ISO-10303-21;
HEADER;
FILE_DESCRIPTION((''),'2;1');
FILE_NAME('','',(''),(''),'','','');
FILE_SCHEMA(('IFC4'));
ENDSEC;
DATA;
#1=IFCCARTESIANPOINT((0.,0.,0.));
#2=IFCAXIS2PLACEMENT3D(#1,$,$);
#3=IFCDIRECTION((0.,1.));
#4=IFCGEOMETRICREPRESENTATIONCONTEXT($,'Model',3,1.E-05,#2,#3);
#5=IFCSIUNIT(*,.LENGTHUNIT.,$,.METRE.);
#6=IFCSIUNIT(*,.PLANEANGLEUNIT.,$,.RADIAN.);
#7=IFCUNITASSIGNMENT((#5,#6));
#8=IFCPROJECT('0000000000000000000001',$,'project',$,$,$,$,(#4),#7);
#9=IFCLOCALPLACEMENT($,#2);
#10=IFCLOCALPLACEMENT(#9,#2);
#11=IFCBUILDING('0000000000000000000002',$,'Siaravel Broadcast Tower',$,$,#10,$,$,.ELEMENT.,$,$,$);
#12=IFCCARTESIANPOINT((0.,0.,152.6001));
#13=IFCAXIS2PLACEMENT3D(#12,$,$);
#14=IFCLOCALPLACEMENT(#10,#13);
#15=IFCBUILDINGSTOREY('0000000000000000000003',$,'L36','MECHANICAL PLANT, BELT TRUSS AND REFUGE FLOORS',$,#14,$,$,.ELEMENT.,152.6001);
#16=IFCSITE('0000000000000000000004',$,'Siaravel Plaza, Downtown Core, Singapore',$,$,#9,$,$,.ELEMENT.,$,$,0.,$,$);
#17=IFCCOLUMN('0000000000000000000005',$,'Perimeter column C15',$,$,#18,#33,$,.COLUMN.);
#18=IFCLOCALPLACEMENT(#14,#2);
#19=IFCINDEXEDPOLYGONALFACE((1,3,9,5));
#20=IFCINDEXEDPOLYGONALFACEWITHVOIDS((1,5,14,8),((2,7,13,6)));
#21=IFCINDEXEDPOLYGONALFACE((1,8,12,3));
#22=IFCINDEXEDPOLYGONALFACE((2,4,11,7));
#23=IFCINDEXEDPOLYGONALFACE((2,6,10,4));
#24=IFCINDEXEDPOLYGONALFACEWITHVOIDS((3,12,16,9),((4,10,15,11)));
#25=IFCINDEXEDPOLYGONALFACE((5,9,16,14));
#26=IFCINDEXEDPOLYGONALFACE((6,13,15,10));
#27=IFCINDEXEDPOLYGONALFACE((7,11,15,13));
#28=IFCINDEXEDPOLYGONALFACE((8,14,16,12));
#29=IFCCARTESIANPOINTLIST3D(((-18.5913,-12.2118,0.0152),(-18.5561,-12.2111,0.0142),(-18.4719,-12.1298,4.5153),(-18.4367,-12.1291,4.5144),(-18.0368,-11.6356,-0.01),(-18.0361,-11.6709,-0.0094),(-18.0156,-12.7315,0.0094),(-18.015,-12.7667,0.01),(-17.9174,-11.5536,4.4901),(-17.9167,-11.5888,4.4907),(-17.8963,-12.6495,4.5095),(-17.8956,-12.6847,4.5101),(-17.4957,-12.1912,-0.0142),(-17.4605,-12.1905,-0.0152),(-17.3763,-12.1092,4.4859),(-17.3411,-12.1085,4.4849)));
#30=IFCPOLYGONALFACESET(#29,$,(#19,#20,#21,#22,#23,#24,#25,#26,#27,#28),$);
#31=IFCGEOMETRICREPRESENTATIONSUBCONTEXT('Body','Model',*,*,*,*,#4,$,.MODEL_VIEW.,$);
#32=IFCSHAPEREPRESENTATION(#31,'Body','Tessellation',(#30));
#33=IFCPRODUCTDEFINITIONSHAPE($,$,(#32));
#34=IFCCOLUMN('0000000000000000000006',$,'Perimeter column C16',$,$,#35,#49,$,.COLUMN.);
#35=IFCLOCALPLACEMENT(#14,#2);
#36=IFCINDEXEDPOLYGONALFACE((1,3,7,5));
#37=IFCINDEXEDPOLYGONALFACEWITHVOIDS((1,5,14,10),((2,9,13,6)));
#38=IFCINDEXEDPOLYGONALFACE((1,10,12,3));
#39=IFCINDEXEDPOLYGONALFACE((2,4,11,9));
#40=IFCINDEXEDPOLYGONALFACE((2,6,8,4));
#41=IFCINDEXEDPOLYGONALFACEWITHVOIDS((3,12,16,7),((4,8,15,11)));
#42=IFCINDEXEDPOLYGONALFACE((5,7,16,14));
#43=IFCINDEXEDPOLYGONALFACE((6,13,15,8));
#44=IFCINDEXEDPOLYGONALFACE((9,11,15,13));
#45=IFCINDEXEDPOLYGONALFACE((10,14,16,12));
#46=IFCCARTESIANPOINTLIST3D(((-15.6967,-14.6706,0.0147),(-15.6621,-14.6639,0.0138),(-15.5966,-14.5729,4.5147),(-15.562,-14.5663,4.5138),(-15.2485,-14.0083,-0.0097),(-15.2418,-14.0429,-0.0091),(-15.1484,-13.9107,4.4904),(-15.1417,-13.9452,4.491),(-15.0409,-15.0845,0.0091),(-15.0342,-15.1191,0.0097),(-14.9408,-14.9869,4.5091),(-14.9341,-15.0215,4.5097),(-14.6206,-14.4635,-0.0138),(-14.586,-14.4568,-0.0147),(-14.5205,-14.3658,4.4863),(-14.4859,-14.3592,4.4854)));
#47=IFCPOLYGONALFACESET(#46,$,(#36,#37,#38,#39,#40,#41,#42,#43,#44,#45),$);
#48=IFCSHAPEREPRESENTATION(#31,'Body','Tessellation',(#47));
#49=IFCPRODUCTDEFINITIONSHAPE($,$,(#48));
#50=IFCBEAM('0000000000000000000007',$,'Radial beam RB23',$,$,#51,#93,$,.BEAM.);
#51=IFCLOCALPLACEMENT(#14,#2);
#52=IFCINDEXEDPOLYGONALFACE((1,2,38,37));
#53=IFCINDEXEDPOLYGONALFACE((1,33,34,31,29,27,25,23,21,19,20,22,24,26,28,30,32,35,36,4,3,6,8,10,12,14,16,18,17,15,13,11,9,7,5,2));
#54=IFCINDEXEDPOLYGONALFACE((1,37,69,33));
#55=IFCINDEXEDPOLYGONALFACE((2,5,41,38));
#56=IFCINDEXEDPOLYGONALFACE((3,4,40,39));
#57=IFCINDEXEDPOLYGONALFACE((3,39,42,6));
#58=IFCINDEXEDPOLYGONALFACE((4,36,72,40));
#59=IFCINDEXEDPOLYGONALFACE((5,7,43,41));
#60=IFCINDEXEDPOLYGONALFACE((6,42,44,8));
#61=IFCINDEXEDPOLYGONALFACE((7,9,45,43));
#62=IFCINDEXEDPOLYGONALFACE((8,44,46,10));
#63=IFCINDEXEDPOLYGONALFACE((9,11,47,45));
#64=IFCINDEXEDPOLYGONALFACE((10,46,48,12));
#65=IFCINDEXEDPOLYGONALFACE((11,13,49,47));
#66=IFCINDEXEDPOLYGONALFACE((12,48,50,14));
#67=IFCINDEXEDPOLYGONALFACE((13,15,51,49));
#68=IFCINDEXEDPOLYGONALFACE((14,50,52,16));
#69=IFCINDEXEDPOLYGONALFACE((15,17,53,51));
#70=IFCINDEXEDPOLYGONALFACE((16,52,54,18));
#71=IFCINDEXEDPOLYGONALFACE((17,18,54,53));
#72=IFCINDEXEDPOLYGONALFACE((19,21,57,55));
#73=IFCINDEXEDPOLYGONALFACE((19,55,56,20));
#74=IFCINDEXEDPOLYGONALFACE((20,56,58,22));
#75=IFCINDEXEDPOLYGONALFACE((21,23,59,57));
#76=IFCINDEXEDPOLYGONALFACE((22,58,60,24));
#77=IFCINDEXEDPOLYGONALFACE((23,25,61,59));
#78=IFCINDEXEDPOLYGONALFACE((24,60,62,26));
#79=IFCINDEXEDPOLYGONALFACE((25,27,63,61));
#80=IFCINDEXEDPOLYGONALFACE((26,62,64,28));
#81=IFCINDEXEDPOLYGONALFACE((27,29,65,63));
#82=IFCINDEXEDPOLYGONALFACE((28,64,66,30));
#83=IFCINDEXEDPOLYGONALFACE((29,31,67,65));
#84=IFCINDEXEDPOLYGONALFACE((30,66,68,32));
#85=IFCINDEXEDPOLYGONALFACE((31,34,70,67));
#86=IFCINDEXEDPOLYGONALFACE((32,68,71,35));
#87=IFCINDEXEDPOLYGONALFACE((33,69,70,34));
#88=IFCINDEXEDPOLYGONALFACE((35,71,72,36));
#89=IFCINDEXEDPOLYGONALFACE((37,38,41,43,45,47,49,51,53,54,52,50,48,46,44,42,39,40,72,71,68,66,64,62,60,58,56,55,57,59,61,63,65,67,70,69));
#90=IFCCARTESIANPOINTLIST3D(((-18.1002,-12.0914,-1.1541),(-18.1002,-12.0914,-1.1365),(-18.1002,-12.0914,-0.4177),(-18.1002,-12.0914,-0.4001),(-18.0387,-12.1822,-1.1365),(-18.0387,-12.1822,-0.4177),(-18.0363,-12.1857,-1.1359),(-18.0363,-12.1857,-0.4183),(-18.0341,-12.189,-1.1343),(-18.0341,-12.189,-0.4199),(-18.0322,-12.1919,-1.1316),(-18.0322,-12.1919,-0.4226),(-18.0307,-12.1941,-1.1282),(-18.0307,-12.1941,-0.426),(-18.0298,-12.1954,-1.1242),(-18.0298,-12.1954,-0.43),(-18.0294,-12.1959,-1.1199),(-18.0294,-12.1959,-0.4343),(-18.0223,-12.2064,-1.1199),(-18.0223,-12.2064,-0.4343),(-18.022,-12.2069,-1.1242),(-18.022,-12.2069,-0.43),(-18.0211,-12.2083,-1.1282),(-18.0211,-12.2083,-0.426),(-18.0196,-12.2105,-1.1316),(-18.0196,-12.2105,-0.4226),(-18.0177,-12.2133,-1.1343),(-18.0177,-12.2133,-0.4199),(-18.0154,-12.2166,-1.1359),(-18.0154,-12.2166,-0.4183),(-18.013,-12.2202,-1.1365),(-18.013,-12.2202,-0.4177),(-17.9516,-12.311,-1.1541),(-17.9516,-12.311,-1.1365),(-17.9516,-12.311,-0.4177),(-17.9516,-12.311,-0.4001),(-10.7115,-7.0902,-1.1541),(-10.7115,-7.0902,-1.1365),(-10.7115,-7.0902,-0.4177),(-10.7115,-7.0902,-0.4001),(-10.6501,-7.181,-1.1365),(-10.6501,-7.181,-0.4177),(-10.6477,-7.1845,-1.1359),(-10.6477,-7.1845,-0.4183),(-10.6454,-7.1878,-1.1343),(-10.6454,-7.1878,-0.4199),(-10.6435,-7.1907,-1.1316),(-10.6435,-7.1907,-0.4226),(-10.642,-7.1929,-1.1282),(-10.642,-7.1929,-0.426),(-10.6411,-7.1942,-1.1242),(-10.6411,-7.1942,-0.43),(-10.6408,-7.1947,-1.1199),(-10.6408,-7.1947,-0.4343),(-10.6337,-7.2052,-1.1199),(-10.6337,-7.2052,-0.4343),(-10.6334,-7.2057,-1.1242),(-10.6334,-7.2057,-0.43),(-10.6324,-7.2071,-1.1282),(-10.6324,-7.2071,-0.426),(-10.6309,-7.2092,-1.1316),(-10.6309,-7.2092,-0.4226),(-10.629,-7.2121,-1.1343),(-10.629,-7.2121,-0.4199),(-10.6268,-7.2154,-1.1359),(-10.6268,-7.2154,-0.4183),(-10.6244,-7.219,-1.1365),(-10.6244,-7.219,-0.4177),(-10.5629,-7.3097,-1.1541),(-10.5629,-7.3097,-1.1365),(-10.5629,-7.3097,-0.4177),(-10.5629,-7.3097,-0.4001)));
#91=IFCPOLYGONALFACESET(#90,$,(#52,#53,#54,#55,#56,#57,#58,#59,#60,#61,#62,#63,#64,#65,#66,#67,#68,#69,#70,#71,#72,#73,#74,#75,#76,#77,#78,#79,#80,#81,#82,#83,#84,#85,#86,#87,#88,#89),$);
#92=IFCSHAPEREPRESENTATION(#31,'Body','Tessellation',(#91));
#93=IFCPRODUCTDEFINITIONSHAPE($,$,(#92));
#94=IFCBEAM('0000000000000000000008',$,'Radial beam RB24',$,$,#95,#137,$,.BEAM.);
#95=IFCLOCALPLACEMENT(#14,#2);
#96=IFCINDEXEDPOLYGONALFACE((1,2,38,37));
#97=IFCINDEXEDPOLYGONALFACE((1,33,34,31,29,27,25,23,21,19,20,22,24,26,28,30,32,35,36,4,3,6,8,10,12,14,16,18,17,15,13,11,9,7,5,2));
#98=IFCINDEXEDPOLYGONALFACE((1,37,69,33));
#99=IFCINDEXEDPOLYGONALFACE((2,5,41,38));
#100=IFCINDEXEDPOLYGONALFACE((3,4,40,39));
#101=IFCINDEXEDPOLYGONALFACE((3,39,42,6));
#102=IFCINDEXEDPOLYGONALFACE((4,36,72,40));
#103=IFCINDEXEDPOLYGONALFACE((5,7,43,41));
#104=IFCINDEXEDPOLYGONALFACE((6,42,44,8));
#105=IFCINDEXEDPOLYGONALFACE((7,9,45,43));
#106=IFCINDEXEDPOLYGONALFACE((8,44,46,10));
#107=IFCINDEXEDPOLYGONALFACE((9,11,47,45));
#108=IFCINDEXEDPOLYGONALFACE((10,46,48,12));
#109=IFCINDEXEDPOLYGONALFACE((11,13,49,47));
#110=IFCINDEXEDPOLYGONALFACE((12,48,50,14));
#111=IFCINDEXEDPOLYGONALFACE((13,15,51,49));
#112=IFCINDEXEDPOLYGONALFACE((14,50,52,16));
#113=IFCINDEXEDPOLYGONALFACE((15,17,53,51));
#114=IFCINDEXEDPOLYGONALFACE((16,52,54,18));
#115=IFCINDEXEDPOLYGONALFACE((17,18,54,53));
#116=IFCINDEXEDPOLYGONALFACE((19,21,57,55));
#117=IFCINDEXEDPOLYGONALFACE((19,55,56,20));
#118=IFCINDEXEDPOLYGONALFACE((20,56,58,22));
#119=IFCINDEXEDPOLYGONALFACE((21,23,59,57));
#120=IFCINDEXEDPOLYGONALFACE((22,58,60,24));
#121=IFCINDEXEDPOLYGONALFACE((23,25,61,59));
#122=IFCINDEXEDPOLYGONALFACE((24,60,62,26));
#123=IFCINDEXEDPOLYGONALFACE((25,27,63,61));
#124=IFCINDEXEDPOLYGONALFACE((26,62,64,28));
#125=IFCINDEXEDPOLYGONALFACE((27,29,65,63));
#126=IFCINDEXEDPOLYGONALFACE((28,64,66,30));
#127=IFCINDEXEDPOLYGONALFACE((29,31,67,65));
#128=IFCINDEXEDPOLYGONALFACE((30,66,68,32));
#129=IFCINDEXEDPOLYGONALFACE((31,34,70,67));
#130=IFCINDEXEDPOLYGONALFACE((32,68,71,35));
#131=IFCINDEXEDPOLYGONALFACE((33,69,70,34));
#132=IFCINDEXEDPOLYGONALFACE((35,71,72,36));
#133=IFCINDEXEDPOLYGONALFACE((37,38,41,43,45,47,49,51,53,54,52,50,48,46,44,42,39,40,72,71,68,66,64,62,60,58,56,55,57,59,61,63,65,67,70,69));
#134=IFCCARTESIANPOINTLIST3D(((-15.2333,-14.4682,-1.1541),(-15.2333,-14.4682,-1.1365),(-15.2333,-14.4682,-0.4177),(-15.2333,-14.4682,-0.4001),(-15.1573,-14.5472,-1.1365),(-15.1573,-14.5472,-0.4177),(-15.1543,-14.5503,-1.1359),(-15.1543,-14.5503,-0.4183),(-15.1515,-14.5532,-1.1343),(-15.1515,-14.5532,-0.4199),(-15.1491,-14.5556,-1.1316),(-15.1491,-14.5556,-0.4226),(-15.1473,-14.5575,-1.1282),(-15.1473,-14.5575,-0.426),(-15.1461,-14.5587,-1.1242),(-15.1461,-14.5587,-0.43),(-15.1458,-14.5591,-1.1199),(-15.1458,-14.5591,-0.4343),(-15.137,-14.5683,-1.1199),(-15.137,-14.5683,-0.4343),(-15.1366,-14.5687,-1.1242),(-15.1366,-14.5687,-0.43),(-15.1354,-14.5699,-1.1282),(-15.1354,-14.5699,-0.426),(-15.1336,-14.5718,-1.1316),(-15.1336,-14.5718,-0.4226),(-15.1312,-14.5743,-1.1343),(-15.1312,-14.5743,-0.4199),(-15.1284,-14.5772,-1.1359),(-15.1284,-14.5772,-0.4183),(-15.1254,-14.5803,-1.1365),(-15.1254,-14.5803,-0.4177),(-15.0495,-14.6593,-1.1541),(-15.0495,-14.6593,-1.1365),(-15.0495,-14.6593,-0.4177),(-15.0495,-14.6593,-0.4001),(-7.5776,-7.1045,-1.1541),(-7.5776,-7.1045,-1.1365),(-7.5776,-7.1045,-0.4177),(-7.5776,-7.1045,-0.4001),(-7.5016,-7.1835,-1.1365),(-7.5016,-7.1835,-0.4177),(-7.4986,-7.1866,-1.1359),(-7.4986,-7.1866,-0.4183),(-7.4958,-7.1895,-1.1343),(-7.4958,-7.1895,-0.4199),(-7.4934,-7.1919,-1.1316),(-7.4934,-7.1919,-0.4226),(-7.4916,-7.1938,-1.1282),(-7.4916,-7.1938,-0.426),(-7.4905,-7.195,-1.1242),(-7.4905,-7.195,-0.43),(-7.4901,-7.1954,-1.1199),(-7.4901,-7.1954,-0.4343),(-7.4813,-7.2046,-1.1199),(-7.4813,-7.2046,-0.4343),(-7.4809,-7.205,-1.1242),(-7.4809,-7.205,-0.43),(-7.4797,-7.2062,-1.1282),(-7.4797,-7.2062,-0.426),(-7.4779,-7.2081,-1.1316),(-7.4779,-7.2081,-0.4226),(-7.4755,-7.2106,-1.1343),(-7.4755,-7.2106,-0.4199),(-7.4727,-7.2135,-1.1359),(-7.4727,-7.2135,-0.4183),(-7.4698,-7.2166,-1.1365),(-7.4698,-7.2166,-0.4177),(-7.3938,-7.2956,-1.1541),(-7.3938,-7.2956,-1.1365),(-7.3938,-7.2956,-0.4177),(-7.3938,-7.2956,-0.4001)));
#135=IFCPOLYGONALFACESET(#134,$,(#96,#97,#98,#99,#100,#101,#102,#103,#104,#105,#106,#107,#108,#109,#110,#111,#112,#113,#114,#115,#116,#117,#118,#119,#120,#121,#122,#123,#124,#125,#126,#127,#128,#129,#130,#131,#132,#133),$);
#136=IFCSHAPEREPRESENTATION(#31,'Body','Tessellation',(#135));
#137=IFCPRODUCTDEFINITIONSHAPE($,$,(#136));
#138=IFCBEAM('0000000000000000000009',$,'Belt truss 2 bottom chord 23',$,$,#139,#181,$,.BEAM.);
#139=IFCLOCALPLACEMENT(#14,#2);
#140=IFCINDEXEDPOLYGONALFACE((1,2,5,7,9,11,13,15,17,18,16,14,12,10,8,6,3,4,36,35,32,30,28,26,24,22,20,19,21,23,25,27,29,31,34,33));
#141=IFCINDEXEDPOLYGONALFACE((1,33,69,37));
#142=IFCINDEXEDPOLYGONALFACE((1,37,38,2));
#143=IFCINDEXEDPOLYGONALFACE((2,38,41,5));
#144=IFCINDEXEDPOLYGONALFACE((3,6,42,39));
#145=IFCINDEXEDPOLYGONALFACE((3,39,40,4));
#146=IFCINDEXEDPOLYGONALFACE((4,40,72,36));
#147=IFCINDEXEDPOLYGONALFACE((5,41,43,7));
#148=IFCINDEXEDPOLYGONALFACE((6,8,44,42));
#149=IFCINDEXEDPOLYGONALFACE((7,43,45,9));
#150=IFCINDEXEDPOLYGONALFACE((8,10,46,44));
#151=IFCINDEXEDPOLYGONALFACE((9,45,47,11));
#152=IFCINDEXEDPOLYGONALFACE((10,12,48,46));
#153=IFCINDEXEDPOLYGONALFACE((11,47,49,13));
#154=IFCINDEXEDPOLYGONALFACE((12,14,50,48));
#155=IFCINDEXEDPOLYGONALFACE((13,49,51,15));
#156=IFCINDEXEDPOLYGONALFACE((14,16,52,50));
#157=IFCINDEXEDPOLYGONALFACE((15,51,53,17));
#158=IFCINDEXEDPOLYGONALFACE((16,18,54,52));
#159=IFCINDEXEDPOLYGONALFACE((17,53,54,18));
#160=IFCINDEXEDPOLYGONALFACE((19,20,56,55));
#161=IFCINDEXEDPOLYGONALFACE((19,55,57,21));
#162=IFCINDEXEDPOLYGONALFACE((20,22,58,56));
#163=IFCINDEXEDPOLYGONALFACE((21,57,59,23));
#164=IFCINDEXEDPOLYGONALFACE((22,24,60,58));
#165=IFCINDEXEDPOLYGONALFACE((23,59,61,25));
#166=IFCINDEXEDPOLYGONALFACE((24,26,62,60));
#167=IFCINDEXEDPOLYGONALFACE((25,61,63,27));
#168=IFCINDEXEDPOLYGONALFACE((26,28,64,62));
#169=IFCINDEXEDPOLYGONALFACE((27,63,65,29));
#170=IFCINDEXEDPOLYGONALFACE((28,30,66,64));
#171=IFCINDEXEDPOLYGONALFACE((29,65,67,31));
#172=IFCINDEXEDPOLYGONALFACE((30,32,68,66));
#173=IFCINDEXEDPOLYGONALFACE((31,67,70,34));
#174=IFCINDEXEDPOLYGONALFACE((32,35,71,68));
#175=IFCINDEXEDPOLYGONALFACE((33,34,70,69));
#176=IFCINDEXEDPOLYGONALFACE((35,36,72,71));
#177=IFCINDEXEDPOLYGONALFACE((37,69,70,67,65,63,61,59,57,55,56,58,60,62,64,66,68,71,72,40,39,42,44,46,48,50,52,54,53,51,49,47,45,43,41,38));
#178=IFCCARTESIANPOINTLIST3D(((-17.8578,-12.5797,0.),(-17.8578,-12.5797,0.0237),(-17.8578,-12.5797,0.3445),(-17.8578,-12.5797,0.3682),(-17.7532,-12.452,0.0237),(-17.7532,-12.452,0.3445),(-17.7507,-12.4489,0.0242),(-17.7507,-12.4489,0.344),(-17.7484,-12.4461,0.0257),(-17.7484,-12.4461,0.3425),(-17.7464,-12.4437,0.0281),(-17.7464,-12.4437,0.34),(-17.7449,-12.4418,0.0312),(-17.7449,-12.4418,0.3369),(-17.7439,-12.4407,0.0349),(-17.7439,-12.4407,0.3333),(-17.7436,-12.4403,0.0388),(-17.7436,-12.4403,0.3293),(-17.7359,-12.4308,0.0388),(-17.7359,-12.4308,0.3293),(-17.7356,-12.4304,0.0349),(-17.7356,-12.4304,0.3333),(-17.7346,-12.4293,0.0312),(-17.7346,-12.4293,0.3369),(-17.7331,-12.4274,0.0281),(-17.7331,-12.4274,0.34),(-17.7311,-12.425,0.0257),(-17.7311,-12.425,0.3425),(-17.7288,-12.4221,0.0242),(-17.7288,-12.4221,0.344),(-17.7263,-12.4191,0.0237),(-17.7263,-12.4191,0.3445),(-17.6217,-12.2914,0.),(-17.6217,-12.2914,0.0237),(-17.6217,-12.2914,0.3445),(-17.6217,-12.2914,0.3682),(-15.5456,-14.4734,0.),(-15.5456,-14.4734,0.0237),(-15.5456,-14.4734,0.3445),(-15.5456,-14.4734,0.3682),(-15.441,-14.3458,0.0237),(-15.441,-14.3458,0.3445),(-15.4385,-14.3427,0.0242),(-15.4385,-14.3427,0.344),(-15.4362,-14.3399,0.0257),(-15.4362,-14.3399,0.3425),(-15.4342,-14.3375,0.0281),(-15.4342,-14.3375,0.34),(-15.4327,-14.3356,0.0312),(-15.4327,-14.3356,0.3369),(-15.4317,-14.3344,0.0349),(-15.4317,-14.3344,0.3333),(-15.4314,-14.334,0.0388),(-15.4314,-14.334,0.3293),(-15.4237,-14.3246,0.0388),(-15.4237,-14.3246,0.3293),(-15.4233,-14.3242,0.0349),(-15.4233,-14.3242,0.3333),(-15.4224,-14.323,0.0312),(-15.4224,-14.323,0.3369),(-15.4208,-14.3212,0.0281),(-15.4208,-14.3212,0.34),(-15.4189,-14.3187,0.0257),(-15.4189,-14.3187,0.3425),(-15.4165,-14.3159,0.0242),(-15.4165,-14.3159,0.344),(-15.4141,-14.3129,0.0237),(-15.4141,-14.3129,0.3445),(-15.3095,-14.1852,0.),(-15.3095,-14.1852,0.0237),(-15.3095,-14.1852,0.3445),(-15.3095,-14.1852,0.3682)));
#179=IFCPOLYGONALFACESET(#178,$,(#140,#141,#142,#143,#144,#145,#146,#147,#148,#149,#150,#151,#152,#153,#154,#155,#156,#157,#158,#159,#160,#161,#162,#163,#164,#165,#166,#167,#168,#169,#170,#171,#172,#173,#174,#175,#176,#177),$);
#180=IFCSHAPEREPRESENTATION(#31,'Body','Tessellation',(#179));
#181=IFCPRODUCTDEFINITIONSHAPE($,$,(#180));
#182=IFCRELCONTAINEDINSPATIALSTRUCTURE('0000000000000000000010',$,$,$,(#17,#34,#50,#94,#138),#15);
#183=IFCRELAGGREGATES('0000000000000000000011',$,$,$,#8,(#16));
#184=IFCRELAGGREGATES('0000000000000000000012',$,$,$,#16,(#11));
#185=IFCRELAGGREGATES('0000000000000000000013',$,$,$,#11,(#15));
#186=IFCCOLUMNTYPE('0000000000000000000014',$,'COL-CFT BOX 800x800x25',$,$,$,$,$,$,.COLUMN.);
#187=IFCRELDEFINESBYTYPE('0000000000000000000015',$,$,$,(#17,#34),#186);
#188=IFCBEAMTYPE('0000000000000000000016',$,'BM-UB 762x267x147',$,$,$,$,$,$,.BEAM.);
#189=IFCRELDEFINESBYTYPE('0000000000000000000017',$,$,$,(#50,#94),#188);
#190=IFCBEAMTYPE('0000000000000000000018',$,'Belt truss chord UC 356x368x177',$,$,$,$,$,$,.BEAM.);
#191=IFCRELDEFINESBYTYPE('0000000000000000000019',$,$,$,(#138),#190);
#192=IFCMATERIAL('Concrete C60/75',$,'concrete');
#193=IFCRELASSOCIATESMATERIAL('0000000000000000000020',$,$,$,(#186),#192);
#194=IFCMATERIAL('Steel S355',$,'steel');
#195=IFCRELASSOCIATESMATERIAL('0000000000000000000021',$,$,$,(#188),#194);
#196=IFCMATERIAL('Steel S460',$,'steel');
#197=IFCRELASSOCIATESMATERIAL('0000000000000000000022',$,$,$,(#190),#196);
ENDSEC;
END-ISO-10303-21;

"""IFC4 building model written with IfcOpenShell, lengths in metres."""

from ifc_helpers import new_model, si_unit, direction, frame, origin, origin_2d, place, context, subcontext, project, spatial, hollow_rectangle, i_section, extrude, material, material_profile, profile_set, type_object, element, save


model = new_model("IFC4")

# Units and contexts
model_context = context("Model", 3, precision=1e-05, world=origin(), true_north=direction((0.0, 1.0)))
body_context = subcontext(model_context, "Body", "Model", "MODEL_VIEW")
ifc_project = project(units=[si_unit("LENGTHUNIT", "METRE"), si_unit("PLANEANGLEUNIT", "RADIAN")], contexts=[model_context])

# Site, building, storey
site_placement = place(None, origin())
site = spatial("IfcSite", under=ifc_project, at=site_placement, Name="Siaravel Plaza, Downtown Core, Singapore", CompositionType="ELEMENT", RefElevation=0.0)
building_placement = place(site_placement, origin())
building = spatial("IfcBuilding", under=site, at=building_placement, Name="Siaravel Broadcast Tower", CompositionType="ELEMENT")
storey_placement = place(building_placement, frame((0.0, 0.0, 152.6001)))
storey = spatial("IfcBuildingStorey", under=building, at=storey_placement, Name="L36", Description="MECHANICAL PLANT, BELT TRUSS AND REFUGE FLOORS", CompositionType="ELEMENT", Elevation=152.6001)

# Columns
ifc_material_1 = material(Name="Concrete C60/75", Category="concrete")
ifc_material_profile_1 = material_profile(ifc_material_1, hollow_rectangle(XDim=0.8, YDim=0.8, WallThickness=0.0249, at=origin_2d()))
ifc_profile_set_1 = profile_set([ifc_material_profile_1], Name="Concrete C60/75")
column_type = type_object("IfcColumnType", Name="COL-CFT BOX 800x800x25", PredefinedType="COLUMN", material=ifc_profile_set_1)
column_1_placement = place(storey_placement, frame((-18.0259, -12.2012, 0.0), z_axis=(0.026516, 0.01822, 0.999482), x_axis=(-0.720364, 0.693566, 0.006468)))
element("IfcColumn", 1, at=column_1_placement, inside=storey, type_object=column_type, Name="Perimeter column C15", PredefinedType="COLUMN", context=body_context, shape_type="SweptSolid", body=[
    extrude(hollow_rectangle(XDim=0.8, YDim=0.8, WallThickness=0.0249, at=origin_2d()), origin(), (0.0, 0.0, 1.0), 4.5024),
])
column_2_placement = place(storey_placement, frame((-15.1414, -14.5637, 0.0), z_axis=(0.022233, 0.021691, 0.999517), x_axis=(-0.828046, 0.560625, 0.006253)))
element("IfcColumn", 2, at=column_2_placement, inside=storey, type_object=column_type, Name="Perimeter column C16", PredefinedType="COLUMN", context=body_context, shape_type="SweptSolid", body=[
    extrude(hollow_rectangle(XDim=0.8, YDim=0.8, WallThickness=0.0249, at=origin_2d()), origin(), (0.0, 0.0, 1.0), 4.5022),
])

# Beams
ifc_material_2 = material(Name="Steel S355", Category="steel")
ifc_material_profile_2 = material_profile(ifc_material_2, i_section(OverallWidth=0.2651, OverallDepth=0.7539, WebThickness=0.0127, FlangeThickness=0.0176, FilletRadius=0.0166, at=origin_2d()))
ifc_profile_set_2 = profile_set([ifc_material_profile_2], Name="Steel S355")
beam_type_1 = type_object("IfcBeamType", Name="BM-UB 762x267x147", PredefinedType="BEAM", material=ifc_profile_set_2)
beam_1_placement = place(storey_placement, frame((-18.0259, -12.2012, -0.7771), z_axis=(0.828127, 0.56054, 0.0), x_axis=(-0.56054, 0.828127, 0.0)))
element("IfcBeam", 3, at=beam_1_placement, inside=storey, type_object=beam_type_1, Name="Radial beam RB23", PredefinedType="BEAM", context=body_context, shape_type="SweptSolid", body=[
    extrude(i_section(OverallWidth=0.2651, OverallDepth=0.7539, WebThickness=0.0127, FlangeThickness=0.0176, FilletRadius=0.0166, at=origin_2d()), origin(), (0.0, 0.0, 1.0), 8.9221),
])
beam_2_placement = place(storey_placement, frame((-15.1414, -14.5637, -0.7771), z_axis=(0.720717, 0.693229, 0.0), x_axis=(-0.693229, 0.720717, 0.0)))
element("IfcBeam", 4, at=beam_2_placement, inside=storey, type_object=beam_type_1, Name="Radial beam RB24", PredefinedType="BEAM", context=body_context, shape_type="SweptSolid", body=[
    extrude(i_section(OverallWidth=0.2651, OverallDepth=0.7539, WebThickness=0.0127, FlangeThickness=0.0176, FilletRadius=0.0166, at=origin_2d()), origin(), (0.0, 0.0, 1.0), 10.6223),
])
ifc_material_3 = material(Name="Steel S460", Category="steel")
ifc_material_profile_3 = material_profile(ifc_material_3, i_section(OverallWidth=0.3726, OverallDepth=0.3682, WebThickness=0.0122, FlangeThickness=0.0237, FilletRadius=0.0151, at=origin_2d()))
ifc_profile_set_3 = profile_set([ifc_material_profile_3], Name="Steel S460")
beam_type_2 = type_object("IfcBeamType", Name="Belt truss chord UC 356x368x177", PredefinedType="BEAM", material=ifc_profile_set_3)
beam_3_placement = place(storey_placement, frame((-17.7397, -12.4355, 0.1841), z_axis=(0.773637, -0.633629, 0.0), x_axis=(0.633629, 0.773637, 0.0)))
element("IfcBeam", 5, at=beam_3_placement, inside=storey, type_object=beam_type_2, Name="Belt truss 2 bottom chord 23", PredefinedType="BEAM", context=body_context, shape_type="SweptSolid", body=[
    extrude(i_section(OverallWidth=0.3726, OverallDepth=0.3682, WebThickness=0.0122, FlangeThickness=0.0237, FilletRadius=0.0151, at=origin_2d()), origin(), (0.0, 0.0, 1.0), 2.9888),
])

save(model, "model.ifc")
